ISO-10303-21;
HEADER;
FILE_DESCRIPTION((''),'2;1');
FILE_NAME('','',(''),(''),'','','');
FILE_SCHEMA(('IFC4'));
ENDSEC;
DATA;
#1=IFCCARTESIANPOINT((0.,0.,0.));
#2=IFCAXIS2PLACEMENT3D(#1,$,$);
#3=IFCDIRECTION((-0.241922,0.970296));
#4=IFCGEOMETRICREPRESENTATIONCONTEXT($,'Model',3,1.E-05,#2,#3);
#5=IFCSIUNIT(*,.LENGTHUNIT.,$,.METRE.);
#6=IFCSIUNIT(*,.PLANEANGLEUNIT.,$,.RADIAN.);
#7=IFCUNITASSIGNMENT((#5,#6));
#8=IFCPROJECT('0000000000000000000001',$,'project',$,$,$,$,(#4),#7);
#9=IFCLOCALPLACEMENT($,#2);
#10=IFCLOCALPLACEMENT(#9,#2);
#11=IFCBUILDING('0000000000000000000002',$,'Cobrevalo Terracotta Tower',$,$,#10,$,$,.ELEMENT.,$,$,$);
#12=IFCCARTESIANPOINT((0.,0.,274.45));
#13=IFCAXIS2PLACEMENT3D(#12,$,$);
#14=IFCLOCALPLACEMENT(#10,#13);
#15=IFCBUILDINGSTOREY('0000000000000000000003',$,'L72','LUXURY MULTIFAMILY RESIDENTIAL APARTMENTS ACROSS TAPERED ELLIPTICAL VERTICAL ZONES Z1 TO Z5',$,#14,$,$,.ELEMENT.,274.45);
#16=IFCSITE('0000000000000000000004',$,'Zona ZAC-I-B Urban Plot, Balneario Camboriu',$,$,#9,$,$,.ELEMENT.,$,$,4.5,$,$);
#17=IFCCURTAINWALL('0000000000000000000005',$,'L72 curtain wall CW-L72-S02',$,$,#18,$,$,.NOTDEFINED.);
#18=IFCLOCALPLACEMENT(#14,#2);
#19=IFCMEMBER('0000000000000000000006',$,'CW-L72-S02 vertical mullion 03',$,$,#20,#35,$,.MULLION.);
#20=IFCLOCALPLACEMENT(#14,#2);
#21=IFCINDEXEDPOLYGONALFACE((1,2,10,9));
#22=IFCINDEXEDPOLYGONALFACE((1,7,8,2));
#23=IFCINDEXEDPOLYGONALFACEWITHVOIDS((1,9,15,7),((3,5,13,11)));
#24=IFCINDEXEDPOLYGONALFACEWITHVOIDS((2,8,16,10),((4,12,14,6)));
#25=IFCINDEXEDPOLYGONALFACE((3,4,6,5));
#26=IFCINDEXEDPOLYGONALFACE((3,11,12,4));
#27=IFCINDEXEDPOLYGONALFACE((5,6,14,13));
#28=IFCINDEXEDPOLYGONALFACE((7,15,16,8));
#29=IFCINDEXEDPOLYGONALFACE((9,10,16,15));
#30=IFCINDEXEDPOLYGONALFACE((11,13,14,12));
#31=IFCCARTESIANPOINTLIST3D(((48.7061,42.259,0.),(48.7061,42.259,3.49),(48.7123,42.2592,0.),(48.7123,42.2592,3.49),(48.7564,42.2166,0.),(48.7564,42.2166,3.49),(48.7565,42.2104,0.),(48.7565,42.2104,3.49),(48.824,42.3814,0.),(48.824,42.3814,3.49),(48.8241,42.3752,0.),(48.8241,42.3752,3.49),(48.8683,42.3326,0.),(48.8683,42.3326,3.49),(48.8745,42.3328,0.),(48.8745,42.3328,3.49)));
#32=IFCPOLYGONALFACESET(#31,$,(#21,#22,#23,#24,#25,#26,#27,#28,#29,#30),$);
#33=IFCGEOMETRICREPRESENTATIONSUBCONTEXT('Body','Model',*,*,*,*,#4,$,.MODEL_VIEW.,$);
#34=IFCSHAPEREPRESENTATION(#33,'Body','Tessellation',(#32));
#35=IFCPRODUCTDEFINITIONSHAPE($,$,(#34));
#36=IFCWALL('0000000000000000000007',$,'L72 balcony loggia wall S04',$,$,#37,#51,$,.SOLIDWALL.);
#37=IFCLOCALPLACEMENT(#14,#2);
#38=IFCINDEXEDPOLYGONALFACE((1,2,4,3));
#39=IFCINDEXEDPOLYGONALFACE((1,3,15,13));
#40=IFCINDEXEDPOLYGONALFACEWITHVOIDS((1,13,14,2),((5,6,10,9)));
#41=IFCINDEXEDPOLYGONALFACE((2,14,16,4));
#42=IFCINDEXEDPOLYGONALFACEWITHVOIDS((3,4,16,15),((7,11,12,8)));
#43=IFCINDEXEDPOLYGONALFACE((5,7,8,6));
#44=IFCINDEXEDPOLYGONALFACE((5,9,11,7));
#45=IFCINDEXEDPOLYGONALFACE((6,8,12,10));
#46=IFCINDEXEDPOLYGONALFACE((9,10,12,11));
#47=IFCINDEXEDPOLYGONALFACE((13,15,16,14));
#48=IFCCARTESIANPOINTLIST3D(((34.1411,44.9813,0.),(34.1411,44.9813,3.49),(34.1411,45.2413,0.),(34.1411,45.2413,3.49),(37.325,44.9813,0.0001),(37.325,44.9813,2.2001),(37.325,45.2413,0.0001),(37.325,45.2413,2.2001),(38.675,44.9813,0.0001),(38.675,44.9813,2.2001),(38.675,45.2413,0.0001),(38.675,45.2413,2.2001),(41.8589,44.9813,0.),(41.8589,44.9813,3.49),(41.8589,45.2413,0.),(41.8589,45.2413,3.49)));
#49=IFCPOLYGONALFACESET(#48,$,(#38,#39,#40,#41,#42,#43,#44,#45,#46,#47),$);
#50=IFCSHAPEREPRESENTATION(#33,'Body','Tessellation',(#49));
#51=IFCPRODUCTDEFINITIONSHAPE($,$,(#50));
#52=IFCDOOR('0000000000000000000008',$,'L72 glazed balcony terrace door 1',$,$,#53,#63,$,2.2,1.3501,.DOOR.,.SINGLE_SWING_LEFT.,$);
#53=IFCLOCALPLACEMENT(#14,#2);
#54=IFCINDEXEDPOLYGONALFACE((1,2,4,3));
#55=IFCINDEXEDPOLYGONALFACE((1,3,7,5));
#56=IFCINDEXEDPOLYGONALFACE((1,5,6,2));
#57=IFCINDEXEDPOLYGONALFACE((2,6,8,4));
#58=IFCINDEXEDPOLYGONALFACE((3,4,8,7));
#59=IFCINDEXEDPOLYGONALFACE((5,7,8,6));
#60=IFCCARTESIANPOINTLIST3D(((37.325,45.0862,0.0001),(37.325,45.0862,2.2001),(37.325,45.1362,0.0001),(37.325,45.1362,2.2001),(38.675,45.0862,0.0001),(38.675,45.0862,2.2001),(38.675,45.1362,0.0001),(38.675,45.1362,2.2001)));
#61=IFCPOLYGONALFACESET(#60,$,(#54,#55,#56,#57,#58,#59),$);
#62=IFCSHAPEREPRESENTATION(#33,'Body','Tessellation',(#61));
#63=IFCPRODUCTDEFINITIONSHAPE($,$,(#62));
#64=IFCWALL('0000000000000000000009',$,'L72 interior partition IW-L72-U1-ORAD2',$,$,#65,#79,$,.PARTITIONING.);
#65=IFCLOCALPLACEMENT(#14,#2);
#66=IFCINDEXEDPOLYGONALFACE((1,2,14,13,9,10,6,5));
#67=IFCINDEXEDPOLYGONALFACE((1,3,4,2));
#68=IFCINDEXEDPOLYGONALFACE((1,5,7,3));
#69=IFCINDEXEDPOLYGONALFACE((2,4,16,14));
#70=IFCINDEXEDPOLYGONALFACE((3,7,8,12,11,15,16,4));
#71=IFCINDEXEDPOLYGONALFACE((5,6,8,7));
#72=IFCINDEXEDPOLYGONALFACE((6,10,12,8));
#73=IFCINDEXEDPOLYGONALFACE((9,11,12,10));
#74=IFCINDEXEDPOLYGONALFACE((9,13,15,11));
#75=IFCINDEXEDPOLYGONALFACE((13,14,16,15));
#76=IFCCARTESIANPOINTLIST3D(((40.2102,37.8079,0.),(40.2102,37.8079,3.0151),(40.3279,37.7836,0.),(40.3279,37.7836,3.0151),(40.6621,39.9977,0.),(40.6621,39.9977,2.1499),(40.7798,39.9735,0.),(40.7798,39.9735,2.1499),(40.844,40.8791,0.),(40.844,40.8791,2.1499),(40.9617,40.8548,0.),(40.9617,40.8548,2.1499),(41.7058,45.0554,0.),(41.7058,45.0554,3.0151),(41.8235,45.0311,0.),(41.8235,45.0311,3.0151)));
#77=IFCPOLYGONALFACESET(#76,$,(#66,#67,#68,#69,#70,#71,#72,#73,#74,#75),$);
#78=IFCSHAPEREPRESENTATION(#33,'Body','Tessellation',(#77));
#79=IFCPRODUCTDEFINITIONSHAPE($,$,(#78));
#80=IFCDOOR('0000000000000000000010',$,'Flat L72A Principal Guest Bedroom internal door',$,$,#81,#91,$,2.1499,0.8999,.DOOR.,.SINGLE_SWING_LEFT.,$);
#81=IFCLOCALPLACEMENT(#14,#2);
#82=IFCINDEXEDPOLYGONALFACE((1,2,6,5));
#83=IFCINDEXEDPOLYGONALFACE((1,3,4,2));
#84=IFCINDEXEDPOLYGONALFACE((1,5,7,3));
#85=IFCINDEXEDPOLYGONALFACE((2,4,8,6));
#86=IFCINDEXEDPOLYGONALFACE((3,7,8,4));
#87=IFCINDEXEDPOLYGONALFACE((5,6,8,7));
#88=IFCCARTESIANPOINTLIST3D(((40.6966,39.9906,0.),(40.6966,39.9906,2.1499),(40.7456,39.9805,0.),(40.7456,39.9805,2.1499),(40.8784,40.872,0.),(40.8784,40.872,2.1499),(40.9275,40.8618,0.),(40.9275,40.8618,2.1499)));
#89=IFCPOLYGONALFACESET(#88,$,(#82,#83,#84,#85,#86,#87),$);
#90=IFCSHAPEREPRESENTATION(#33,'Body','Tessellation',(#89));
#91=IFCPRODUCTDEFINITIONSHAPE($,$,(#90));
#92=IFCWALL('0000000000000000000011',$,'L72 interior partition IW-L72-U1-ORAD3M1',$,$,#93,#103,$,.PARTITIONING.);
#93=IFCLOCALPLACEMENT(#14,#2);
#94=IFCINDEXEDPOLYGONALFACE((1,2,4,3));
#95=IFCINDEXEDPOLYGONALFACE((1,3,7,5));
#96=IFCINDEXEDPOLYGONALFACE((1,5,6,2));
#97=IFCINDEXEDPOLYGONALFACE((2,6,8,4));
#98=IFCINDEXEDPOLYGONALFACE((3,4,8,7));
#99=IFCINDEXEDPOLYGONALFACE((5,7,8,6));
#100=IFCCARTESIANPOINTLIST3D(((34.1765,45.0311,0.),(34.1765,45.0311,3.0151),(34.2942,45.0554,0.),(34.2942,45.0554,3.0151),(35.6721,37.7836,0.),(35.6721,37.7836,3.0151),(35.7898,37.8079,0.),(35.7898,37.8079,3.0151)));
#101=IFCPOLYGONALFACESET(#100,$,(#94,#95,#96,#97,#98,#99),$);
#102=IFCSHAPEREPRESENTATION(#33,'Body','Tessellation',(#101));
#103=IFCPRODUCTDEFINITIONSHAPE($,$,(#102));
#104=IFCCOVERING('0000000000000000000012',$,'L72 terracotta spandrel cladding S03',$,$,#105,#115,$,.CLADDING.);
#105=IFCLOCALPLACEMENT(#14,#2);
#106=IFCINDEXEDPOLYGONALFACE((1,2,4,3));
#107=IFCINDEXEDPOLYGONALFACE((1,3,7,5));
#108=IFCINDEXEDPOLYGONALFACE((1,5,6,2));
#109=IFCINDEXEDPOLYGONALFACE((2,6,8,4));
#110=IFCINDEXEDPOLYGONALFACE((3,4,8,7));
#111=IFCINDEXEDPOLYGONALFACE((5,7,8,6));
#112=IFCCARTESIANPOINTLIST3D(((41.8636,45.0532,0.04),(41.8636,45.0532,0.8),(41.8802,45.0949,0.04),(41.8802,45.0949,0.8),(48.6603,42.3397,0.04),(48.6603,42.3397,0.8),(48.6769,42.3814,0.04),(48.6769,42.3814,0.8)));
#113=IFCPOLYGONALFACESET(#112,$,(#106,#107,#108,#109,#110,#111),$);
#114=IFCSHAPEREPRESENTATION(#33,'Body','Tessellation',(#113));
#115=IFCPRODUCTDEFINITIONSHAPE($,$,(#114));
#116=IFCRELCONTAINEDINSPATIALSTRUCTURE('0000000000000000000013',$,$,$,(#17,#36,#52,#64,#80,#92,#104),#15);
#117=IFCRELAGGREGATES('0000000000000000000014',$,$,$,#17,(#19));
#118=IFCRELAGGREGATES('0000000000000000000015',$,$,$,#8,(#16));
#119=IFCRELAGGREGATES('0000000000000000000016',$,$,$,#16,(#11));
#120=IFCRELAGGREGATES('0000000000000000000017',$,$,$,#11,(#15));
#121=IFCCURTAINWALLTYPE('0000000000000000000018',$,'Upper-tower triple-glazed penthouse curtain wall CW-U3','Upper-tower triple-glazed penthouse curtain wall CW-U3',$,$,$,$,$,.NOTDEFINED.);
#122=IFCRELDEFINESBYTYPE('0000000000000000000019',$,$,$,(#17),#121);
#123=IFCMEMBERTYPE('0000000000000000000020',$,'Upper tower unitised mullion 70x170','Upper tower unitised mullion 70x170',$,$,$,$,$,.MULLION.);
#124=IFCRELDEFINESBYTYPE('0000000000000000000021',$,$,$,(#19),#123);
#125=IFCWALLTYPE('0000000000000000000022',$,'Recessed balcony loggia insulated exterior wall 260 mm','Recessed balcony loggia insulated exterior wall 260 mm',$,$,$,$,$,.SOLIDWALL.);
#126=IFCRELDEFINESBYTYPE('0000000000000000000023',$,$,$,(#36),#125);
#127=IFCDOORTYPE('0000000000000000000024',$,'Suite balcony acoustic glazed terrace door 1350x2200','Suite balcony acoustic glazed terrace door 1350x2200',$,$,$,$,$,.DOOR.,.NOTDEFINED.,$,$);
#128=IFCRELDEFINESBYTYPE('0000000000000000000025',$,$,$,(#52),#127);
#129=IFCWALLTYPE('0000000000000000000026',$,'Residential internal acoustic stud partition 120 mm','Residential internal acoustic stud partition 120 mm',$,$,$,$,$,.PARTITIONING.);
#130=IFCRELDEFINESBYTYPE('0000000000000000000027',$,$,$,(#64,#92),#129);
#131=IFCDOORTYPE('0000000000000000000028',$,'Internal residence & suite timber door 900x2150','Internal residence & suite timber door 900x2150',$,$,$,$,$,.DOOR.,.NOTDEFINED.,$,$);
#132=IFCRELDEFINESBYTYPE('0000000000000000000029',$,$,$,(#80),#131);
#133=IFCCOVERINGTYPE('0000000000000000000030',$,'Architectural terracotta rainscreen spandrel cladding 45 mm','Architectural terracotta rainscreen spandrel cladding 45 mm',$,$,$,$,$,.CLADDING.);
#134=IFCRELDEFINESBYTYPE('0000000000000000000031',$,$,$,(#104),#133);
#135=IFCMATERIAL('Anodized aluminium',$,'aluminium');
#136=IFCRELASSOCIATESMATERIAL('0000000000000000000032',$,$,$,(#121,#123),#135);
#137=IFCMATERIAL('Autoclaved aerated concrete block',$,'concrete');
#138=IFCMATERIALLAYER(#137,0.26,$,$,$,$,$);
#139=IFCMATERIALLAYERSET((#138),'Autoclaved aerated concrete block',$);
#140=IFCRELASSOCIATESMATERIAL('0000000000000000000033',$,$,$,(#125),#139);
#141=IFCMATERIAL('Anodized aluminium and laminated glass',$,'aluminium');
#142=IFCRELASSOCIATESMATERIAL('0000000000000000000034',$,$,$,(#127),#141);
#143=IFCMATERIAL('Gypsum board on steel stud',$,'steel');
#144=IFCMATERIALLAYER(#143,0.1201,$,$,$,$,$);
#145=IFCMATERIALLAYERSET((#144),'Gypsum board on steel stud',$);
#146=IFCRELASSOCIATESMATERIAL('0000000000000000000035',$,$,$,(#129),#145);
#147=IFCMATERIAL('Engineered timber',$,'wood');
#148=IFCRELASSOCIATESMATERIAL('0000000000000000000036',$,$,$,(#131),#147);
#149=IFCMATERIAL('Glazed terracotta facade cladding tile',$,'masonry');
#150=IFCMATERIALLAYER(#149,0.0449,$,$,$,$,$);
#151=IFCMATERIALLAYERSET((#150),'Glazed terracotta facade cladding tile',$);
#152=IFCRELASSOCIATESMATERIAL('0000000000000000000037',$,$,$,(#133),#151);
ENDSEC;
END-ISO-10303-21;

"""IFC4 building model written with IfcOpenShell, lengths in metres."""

from ifc_helpers import new_model, si_unit, direction, frame, frame_2d, origin, origin_2d, place, context, subcontext, project, spatial, rectangle, hollow_rectangle, extrude, source, transform, mapped, material, layer, layer_set, material_profile, profile_set, type_object, element, fill, aggregate, save


model = new_model("IFC4")

# Units and contexts
model_context = context("Model", 3, precision=1e-05, world=origin(), true_north=direction((-0.241922, 0.970296)))
body_context = subcontext(model_context, "Body", "Model", "MODEL_VIEW")
ifc_project = project(units=[si_unit("LENGTHUNIT", "METRE"), si_unit("PLANEANGLEUNIT", "RADIAN")], contexts=[model_context])

# Site, building, storey
site_placement = place(None, origin())
site = spatial("IfcSite", under=ifc_project, at=site_placement, Name="Zona ZAC-I-B Urban Plot, Balneario Camboriu", CompositionType="ELEMENT", RefElevation=4.5)
building_placement = place(site_placement, origin())
building = spatial("IfcBuilding", under=site, at=building_placement, Name="Cobrevalo Terracotta Tower", CompositionType="ELEMENT")
storey_placement = place(building_placement, frame((0.0, 0.0, 274.45)))
storey = spatial("IfcBuildingStorey", under=building, at=storey_placement, Name="L72", Description="LUXURY MULTIFAMILY RESIDENTIAL APARTMENTS ACROSS TAPERED ELLIPTICAL VERTICAL ZONES Z1 TO Z5", CompositionType="ELEMENT", Elevation=274.45)

# Curtain wall, member
ifc_material_1 = material(Name="Anodized aluminium", Category="aluminium")
curtain_wall_type = type_object("IfcCurtainWallType", Name="Upper-tower triple-glazed penthouse curtain wall CW-U3", Description="Upper-tower triple-glazed penthouse curtain wall CW-U3", PredefinedType="NOTDEFINED", material=ifc_material_1)
curtain_wall_placement = place(storey_placement, origin())
curtain_wall = element("IfcCurtainWall", 1, at=curtain_wall_placement, inside=storey, type_object=curtain_wall_type, Name="L72 curtain wall CW-L72-S02", PredefinedType="NOTDEFINED")
ifc_material_profile_1 = material_profile(ifc_material_1, hollow_rectangle(XDim=0.0701, YDim=0.1699, WallThickness=0.0044, at=origin_2d()), Name="CWM 70x170")
ifc_profile_set_1 = profile_set([ifc_material_profile_1], Name="Anodized aluminium")
member_type = type_object("IfcMemberType", Name="Upper tower unitised mullion 70x170", Description="Upper tower unitised mullion 70x170", PredefinedType="MULLION", material=ifc_profile_set_1)
shared_shape_1 = source(origin(), body_context, "Body", "SweptSolid", [
    extrude(hollow_rectangle(XDim=0.0701, YDim=0.1699, WallThickness=0.0044, at=origin_2d()), origin(), (0.0, 0.0, 1.0), 3.49),
])
member_placement = place(storey_placement, frame((48.7903, 42.2959, 0.0), z_axis=(0.0, 0.0, 1.0), x_axis=(-0.719994, 0.69398, 0.0)))
member = element("IfcMember", 2, at=member_placement, type_object=member_type, Name="CW-L72-S02 vertical mullion 03", PredefinedType="MULLION", context=body_context, shape_type="MappedRepresentation", body=[
    mapped(shared_shape_1, transform((0.0, 0.0, 0.0), scale=1.0)),
])
aggregate(curtain_wall, [member])

# Walls, openings, doors
ifc_material_2 = material(Name="Autoclaved aerated concrete block", Category="concrete")
ifc_layer_1 = layer(ifc_material_2, 0.26)
ifc_layer_set_1 = layer_set([ifc_layer_1], Name="Autoclaved aerated concrete block")
wall_type_1 = type_object("IfcWallType", Name="Recessed balcony loggia insulated exterior wall 260 mm", Description="Recessed balcony loggia insulated exterior wall 260 mm", PredefinedType="SOLIDWALL", material=ifc_layer_set_1)
wall_1_placement = place(storey_placement, frame((41.8589, 45.1113, 0.0), z_axis=(0.0, 0.0, 1.0), x_axis=(-1.0, 0.0, 0.0)))
wall_1 = element("IfcWall", 3, at=wall_1_placement, inside=storey, type_object=wall_type_1, Name="L72 balcony loggia wall S04", PredefinedType="SOLIDWALL", context=body_context, shape_type="SweptSolid", body=[
    extrude(rectangle(XDim=7.7178, YDim=0.26, at=frame_2d((3.8589, 0.0))), origin(), (0.0, 0.0, 1.0), 3.49),
])
opening_1_placement = place(wall_1_placement, frame((3.1838, 0.0, 0.0)))
opening_1 = element("IfcOpeningElement", 4, at=opening_1_placement, cuts=wall_1, PredefinedType="OPENING", context=body_context, shape_type="SweptSolid", body=[
    extrude(rectangle(XDim=1.3501, YDim=2.2, at=frame_2d((0.675, 1.1001))), frame((0.0, 0.1401, 0.0), z_axis=(0.0, -1.0, 0.0), x_axis=(1.0, 0.0, 0.0)), (0.0, 0.0, 1.0), 0.28),
])
ifc_material_3 = material(Name="Anodized aluminium and laminated glass", Category="aluminium")
door_type_1 = type_object("IfcDoorType", Name="Suite balcony acoustic glazed terrace door 1350x2200", Description="Suite balcony acoustic glazed terrace door 1350x2200", OperationType="NOTDEFINED", PredefinedType="DOOR", material=ifc_material_3)
shared_shape_2 = source(origin(), body_context, "Body", "SweptSolid", [
    extrude(rectangle(XDim=1.3501, YDim=2.2, at=frame_2d((0.675, 1.1001))), frame((0.0, 0.0249, 0.0), z_axis=(0.0, -1.0, 0.0), x_axis=(1.0, 0.0, 0.0)), (0.0, 0.0, 1.0), 0.05),
])
door_1_placement = place(opening_1_placement, frame((1.3501, 0.0, 0.0), z_axis=(0.0, 0.0, 1.0), x_axis=(-1.0, 0.0, 0.0)))
door_1 = element("IfcDoor", 5, at=door_1_placement, inside=storey, type_object=door_type_1, Name="L72 glazed balcony terrace door 1", OperationType="SINGLE_SWING_LEFT", OverallHeight=2.2, OverallWidth=1.3501, PredefinedType="DOOR", context=body_context, shape_type="MappedRepresentation", body=[
    mapped(shared_shape_2, transform((0.0, 0.0, 0.0), scale=1.0)),
])
fill(opening_1, door_1)
ifc_material_4 = material(Name="Gypsum board on steel stud", Category="steel")
ifc_layer_2 = layer(ifc_material_4, 0.1201)
ifc_layer_set_2 = layer_set([ifc_layer_2], Name="Gypsum board on steel stud")
wall_type_2 = type_object("IfcWallType", Name="Residential internal acoustic stud partition 120 mm", Description="Residential internal acoustic stud partition 120 mm", PredefinedType="PARTITIONING", material=ifc_layer_set_2)
wall_2_placement = place(storey_placement, frame((40.269, 37.7957, 0.0), z_axis=(0.0, 0.0, 1.0), x_axis=(0.202102, 0.979365, 0.0)))
wall_2 = element("IfcWall", 6, at=wall_2_placement, inside=storey, type_object=wall_type_2, Name="L72 interior partition IW-L72-U1-ORAD2", PredefinedType="PARTITIONING", context=body_context, shape_type="SweptSolid", body=[
    extrude(rectangle(XDim=7.4001, YDim=0.1201, at=frame_2d((3.7002, 0.0))), origin(), (0.0, 0.0, 1.0), 3.0151),
])
opening_2_placement = place(wall_2_placement, frame((2.2361, 0.0, 0.0)))
opening_2 = element("IfcOpeningElement", 7, at=opening_2_placement, cuts=wall_2, PredefinedType="OPENING", context=body_context, shape_type="SweptSolid", body=[
    extrude(rectangle(XDim=0.8999, YDim=2.1499, at=frame_2d((0.45, 1.075))), frame((0.0, 0.0701, 0.0), z_axis=(0.0, -1.0, 0.0), x_axis=(1.0, 0.0, 0.0)), (0.0, 0.0, 1.0), 0.1401),
])
ifc_material_5 = material(Name="Engineered timber", Category="wood")
door_type_2 = type_object("IfcDoorType", Name="Internal residence & suite timber door 900x2150", Description="Internal residence & suite timber door 900x2150", OperationType="NOTDEFINED", PredefinedType="DOOR", material=ifc_material_5)
shared_shape_3 = source(origin(), body_context, "Body", "SweptSolid", [
    extrude(rectangle(XDim=0.8999, YDim=2.1499, at=frame_2d((0.45, 1.075))), frame((0.0, 0.0249, 0.0), z_axis=(0.0, -1.0, 0.0), x_axis=(1.0, 0.0, 0.0)), (0.0, 0.0, 1.0), 0.05),
])
door_2_placement = place(opening_2_placement, origin())
door_2 = element("IfcDoor", 8, at=door_2_placement, inside=storey, type_object=door_type_2, Name="Flat L72A Principal Guest Bedroom internal door", OperationType="SINGLE_SWING_LEFT", OverallHeight=2.1499, OverallWidth=0.8999, PredefinedType="DOOR", context=body_context, shape_type="MappedRepresentation", body=[
    mapped(shared_shape_3, transform((0.0, 0.0, 0.0), scale=1.0)),
])
fill(opening_2, door_2)

# Wall
wall_3_placement = place(storey_placement, frame((35.731, 37.7957, 0.0), z_axis=(0.0, 0.0, 1.0), x_axis=(-0.202102, 0.979365, 0.0)))
element("IfcWall", 9, at=wall_3_placement, inside=storey, type_object=wall_type_2, Name="L72 interior partition IW-L72-U1-ORAD3M1", PredefinedType="PARTITIONING", context=body_context, shape_type="SweptSolid", body=[
    extrude(rectangle(XDim=7.4001, YDim=0.1201, at=frame_2d((3.7002, 0.0))), origin(), (0.0, 0.0, 1.0), 3.0151),
])

# Covering
ifc_material_6 = material(Name="Glazed terracotta facade cladding tile", Category="masonry")
ifc_layer_3 = layer(ifc_material_6, 0.0449)
ifc_layer_set_3 = layer_set([ifc_layer_3], Name="Glazed terracotta facade cladding tile")
covering_type = type_object("IfcCoveringType", Name="Architectural terracotta rainscreen spandrel cladding 45 mm", Description="Architectural terracotta rainscreen spandrel cladding 45 mm", PredefinedType="CLADDING", material=ifc_layer_set_3)
shared_shape_4 = source(origin(), body_context, "Body", "SweptSolid", [
    extrude(rectangle(XDim=7.3184, YDim=0.0449, at=origin_2d()), origin(), (0.0, 0.0, 1.0), 0.76),
])
covering_placement = place(storey_placement, frame((45.2703, 43.7173, 0.04), z_axis=(0.0, 0.0, 1.0), x_axis=(-0.928718, 0.370786, 0.0)))
element("IfcCovering", 10, at=covering_placement, inside=storey, type_object=covering_type, Name="L72 terracotta spandrel cladding S03", PredefinedType="CLADDING", context=body_context, shape_type="MappedRepresentation", body=[
    mapped(shared_shape_4, transform((0.0, 0.0, 0.0), scale=1.0)),
])

save(model, "model.ifc")
